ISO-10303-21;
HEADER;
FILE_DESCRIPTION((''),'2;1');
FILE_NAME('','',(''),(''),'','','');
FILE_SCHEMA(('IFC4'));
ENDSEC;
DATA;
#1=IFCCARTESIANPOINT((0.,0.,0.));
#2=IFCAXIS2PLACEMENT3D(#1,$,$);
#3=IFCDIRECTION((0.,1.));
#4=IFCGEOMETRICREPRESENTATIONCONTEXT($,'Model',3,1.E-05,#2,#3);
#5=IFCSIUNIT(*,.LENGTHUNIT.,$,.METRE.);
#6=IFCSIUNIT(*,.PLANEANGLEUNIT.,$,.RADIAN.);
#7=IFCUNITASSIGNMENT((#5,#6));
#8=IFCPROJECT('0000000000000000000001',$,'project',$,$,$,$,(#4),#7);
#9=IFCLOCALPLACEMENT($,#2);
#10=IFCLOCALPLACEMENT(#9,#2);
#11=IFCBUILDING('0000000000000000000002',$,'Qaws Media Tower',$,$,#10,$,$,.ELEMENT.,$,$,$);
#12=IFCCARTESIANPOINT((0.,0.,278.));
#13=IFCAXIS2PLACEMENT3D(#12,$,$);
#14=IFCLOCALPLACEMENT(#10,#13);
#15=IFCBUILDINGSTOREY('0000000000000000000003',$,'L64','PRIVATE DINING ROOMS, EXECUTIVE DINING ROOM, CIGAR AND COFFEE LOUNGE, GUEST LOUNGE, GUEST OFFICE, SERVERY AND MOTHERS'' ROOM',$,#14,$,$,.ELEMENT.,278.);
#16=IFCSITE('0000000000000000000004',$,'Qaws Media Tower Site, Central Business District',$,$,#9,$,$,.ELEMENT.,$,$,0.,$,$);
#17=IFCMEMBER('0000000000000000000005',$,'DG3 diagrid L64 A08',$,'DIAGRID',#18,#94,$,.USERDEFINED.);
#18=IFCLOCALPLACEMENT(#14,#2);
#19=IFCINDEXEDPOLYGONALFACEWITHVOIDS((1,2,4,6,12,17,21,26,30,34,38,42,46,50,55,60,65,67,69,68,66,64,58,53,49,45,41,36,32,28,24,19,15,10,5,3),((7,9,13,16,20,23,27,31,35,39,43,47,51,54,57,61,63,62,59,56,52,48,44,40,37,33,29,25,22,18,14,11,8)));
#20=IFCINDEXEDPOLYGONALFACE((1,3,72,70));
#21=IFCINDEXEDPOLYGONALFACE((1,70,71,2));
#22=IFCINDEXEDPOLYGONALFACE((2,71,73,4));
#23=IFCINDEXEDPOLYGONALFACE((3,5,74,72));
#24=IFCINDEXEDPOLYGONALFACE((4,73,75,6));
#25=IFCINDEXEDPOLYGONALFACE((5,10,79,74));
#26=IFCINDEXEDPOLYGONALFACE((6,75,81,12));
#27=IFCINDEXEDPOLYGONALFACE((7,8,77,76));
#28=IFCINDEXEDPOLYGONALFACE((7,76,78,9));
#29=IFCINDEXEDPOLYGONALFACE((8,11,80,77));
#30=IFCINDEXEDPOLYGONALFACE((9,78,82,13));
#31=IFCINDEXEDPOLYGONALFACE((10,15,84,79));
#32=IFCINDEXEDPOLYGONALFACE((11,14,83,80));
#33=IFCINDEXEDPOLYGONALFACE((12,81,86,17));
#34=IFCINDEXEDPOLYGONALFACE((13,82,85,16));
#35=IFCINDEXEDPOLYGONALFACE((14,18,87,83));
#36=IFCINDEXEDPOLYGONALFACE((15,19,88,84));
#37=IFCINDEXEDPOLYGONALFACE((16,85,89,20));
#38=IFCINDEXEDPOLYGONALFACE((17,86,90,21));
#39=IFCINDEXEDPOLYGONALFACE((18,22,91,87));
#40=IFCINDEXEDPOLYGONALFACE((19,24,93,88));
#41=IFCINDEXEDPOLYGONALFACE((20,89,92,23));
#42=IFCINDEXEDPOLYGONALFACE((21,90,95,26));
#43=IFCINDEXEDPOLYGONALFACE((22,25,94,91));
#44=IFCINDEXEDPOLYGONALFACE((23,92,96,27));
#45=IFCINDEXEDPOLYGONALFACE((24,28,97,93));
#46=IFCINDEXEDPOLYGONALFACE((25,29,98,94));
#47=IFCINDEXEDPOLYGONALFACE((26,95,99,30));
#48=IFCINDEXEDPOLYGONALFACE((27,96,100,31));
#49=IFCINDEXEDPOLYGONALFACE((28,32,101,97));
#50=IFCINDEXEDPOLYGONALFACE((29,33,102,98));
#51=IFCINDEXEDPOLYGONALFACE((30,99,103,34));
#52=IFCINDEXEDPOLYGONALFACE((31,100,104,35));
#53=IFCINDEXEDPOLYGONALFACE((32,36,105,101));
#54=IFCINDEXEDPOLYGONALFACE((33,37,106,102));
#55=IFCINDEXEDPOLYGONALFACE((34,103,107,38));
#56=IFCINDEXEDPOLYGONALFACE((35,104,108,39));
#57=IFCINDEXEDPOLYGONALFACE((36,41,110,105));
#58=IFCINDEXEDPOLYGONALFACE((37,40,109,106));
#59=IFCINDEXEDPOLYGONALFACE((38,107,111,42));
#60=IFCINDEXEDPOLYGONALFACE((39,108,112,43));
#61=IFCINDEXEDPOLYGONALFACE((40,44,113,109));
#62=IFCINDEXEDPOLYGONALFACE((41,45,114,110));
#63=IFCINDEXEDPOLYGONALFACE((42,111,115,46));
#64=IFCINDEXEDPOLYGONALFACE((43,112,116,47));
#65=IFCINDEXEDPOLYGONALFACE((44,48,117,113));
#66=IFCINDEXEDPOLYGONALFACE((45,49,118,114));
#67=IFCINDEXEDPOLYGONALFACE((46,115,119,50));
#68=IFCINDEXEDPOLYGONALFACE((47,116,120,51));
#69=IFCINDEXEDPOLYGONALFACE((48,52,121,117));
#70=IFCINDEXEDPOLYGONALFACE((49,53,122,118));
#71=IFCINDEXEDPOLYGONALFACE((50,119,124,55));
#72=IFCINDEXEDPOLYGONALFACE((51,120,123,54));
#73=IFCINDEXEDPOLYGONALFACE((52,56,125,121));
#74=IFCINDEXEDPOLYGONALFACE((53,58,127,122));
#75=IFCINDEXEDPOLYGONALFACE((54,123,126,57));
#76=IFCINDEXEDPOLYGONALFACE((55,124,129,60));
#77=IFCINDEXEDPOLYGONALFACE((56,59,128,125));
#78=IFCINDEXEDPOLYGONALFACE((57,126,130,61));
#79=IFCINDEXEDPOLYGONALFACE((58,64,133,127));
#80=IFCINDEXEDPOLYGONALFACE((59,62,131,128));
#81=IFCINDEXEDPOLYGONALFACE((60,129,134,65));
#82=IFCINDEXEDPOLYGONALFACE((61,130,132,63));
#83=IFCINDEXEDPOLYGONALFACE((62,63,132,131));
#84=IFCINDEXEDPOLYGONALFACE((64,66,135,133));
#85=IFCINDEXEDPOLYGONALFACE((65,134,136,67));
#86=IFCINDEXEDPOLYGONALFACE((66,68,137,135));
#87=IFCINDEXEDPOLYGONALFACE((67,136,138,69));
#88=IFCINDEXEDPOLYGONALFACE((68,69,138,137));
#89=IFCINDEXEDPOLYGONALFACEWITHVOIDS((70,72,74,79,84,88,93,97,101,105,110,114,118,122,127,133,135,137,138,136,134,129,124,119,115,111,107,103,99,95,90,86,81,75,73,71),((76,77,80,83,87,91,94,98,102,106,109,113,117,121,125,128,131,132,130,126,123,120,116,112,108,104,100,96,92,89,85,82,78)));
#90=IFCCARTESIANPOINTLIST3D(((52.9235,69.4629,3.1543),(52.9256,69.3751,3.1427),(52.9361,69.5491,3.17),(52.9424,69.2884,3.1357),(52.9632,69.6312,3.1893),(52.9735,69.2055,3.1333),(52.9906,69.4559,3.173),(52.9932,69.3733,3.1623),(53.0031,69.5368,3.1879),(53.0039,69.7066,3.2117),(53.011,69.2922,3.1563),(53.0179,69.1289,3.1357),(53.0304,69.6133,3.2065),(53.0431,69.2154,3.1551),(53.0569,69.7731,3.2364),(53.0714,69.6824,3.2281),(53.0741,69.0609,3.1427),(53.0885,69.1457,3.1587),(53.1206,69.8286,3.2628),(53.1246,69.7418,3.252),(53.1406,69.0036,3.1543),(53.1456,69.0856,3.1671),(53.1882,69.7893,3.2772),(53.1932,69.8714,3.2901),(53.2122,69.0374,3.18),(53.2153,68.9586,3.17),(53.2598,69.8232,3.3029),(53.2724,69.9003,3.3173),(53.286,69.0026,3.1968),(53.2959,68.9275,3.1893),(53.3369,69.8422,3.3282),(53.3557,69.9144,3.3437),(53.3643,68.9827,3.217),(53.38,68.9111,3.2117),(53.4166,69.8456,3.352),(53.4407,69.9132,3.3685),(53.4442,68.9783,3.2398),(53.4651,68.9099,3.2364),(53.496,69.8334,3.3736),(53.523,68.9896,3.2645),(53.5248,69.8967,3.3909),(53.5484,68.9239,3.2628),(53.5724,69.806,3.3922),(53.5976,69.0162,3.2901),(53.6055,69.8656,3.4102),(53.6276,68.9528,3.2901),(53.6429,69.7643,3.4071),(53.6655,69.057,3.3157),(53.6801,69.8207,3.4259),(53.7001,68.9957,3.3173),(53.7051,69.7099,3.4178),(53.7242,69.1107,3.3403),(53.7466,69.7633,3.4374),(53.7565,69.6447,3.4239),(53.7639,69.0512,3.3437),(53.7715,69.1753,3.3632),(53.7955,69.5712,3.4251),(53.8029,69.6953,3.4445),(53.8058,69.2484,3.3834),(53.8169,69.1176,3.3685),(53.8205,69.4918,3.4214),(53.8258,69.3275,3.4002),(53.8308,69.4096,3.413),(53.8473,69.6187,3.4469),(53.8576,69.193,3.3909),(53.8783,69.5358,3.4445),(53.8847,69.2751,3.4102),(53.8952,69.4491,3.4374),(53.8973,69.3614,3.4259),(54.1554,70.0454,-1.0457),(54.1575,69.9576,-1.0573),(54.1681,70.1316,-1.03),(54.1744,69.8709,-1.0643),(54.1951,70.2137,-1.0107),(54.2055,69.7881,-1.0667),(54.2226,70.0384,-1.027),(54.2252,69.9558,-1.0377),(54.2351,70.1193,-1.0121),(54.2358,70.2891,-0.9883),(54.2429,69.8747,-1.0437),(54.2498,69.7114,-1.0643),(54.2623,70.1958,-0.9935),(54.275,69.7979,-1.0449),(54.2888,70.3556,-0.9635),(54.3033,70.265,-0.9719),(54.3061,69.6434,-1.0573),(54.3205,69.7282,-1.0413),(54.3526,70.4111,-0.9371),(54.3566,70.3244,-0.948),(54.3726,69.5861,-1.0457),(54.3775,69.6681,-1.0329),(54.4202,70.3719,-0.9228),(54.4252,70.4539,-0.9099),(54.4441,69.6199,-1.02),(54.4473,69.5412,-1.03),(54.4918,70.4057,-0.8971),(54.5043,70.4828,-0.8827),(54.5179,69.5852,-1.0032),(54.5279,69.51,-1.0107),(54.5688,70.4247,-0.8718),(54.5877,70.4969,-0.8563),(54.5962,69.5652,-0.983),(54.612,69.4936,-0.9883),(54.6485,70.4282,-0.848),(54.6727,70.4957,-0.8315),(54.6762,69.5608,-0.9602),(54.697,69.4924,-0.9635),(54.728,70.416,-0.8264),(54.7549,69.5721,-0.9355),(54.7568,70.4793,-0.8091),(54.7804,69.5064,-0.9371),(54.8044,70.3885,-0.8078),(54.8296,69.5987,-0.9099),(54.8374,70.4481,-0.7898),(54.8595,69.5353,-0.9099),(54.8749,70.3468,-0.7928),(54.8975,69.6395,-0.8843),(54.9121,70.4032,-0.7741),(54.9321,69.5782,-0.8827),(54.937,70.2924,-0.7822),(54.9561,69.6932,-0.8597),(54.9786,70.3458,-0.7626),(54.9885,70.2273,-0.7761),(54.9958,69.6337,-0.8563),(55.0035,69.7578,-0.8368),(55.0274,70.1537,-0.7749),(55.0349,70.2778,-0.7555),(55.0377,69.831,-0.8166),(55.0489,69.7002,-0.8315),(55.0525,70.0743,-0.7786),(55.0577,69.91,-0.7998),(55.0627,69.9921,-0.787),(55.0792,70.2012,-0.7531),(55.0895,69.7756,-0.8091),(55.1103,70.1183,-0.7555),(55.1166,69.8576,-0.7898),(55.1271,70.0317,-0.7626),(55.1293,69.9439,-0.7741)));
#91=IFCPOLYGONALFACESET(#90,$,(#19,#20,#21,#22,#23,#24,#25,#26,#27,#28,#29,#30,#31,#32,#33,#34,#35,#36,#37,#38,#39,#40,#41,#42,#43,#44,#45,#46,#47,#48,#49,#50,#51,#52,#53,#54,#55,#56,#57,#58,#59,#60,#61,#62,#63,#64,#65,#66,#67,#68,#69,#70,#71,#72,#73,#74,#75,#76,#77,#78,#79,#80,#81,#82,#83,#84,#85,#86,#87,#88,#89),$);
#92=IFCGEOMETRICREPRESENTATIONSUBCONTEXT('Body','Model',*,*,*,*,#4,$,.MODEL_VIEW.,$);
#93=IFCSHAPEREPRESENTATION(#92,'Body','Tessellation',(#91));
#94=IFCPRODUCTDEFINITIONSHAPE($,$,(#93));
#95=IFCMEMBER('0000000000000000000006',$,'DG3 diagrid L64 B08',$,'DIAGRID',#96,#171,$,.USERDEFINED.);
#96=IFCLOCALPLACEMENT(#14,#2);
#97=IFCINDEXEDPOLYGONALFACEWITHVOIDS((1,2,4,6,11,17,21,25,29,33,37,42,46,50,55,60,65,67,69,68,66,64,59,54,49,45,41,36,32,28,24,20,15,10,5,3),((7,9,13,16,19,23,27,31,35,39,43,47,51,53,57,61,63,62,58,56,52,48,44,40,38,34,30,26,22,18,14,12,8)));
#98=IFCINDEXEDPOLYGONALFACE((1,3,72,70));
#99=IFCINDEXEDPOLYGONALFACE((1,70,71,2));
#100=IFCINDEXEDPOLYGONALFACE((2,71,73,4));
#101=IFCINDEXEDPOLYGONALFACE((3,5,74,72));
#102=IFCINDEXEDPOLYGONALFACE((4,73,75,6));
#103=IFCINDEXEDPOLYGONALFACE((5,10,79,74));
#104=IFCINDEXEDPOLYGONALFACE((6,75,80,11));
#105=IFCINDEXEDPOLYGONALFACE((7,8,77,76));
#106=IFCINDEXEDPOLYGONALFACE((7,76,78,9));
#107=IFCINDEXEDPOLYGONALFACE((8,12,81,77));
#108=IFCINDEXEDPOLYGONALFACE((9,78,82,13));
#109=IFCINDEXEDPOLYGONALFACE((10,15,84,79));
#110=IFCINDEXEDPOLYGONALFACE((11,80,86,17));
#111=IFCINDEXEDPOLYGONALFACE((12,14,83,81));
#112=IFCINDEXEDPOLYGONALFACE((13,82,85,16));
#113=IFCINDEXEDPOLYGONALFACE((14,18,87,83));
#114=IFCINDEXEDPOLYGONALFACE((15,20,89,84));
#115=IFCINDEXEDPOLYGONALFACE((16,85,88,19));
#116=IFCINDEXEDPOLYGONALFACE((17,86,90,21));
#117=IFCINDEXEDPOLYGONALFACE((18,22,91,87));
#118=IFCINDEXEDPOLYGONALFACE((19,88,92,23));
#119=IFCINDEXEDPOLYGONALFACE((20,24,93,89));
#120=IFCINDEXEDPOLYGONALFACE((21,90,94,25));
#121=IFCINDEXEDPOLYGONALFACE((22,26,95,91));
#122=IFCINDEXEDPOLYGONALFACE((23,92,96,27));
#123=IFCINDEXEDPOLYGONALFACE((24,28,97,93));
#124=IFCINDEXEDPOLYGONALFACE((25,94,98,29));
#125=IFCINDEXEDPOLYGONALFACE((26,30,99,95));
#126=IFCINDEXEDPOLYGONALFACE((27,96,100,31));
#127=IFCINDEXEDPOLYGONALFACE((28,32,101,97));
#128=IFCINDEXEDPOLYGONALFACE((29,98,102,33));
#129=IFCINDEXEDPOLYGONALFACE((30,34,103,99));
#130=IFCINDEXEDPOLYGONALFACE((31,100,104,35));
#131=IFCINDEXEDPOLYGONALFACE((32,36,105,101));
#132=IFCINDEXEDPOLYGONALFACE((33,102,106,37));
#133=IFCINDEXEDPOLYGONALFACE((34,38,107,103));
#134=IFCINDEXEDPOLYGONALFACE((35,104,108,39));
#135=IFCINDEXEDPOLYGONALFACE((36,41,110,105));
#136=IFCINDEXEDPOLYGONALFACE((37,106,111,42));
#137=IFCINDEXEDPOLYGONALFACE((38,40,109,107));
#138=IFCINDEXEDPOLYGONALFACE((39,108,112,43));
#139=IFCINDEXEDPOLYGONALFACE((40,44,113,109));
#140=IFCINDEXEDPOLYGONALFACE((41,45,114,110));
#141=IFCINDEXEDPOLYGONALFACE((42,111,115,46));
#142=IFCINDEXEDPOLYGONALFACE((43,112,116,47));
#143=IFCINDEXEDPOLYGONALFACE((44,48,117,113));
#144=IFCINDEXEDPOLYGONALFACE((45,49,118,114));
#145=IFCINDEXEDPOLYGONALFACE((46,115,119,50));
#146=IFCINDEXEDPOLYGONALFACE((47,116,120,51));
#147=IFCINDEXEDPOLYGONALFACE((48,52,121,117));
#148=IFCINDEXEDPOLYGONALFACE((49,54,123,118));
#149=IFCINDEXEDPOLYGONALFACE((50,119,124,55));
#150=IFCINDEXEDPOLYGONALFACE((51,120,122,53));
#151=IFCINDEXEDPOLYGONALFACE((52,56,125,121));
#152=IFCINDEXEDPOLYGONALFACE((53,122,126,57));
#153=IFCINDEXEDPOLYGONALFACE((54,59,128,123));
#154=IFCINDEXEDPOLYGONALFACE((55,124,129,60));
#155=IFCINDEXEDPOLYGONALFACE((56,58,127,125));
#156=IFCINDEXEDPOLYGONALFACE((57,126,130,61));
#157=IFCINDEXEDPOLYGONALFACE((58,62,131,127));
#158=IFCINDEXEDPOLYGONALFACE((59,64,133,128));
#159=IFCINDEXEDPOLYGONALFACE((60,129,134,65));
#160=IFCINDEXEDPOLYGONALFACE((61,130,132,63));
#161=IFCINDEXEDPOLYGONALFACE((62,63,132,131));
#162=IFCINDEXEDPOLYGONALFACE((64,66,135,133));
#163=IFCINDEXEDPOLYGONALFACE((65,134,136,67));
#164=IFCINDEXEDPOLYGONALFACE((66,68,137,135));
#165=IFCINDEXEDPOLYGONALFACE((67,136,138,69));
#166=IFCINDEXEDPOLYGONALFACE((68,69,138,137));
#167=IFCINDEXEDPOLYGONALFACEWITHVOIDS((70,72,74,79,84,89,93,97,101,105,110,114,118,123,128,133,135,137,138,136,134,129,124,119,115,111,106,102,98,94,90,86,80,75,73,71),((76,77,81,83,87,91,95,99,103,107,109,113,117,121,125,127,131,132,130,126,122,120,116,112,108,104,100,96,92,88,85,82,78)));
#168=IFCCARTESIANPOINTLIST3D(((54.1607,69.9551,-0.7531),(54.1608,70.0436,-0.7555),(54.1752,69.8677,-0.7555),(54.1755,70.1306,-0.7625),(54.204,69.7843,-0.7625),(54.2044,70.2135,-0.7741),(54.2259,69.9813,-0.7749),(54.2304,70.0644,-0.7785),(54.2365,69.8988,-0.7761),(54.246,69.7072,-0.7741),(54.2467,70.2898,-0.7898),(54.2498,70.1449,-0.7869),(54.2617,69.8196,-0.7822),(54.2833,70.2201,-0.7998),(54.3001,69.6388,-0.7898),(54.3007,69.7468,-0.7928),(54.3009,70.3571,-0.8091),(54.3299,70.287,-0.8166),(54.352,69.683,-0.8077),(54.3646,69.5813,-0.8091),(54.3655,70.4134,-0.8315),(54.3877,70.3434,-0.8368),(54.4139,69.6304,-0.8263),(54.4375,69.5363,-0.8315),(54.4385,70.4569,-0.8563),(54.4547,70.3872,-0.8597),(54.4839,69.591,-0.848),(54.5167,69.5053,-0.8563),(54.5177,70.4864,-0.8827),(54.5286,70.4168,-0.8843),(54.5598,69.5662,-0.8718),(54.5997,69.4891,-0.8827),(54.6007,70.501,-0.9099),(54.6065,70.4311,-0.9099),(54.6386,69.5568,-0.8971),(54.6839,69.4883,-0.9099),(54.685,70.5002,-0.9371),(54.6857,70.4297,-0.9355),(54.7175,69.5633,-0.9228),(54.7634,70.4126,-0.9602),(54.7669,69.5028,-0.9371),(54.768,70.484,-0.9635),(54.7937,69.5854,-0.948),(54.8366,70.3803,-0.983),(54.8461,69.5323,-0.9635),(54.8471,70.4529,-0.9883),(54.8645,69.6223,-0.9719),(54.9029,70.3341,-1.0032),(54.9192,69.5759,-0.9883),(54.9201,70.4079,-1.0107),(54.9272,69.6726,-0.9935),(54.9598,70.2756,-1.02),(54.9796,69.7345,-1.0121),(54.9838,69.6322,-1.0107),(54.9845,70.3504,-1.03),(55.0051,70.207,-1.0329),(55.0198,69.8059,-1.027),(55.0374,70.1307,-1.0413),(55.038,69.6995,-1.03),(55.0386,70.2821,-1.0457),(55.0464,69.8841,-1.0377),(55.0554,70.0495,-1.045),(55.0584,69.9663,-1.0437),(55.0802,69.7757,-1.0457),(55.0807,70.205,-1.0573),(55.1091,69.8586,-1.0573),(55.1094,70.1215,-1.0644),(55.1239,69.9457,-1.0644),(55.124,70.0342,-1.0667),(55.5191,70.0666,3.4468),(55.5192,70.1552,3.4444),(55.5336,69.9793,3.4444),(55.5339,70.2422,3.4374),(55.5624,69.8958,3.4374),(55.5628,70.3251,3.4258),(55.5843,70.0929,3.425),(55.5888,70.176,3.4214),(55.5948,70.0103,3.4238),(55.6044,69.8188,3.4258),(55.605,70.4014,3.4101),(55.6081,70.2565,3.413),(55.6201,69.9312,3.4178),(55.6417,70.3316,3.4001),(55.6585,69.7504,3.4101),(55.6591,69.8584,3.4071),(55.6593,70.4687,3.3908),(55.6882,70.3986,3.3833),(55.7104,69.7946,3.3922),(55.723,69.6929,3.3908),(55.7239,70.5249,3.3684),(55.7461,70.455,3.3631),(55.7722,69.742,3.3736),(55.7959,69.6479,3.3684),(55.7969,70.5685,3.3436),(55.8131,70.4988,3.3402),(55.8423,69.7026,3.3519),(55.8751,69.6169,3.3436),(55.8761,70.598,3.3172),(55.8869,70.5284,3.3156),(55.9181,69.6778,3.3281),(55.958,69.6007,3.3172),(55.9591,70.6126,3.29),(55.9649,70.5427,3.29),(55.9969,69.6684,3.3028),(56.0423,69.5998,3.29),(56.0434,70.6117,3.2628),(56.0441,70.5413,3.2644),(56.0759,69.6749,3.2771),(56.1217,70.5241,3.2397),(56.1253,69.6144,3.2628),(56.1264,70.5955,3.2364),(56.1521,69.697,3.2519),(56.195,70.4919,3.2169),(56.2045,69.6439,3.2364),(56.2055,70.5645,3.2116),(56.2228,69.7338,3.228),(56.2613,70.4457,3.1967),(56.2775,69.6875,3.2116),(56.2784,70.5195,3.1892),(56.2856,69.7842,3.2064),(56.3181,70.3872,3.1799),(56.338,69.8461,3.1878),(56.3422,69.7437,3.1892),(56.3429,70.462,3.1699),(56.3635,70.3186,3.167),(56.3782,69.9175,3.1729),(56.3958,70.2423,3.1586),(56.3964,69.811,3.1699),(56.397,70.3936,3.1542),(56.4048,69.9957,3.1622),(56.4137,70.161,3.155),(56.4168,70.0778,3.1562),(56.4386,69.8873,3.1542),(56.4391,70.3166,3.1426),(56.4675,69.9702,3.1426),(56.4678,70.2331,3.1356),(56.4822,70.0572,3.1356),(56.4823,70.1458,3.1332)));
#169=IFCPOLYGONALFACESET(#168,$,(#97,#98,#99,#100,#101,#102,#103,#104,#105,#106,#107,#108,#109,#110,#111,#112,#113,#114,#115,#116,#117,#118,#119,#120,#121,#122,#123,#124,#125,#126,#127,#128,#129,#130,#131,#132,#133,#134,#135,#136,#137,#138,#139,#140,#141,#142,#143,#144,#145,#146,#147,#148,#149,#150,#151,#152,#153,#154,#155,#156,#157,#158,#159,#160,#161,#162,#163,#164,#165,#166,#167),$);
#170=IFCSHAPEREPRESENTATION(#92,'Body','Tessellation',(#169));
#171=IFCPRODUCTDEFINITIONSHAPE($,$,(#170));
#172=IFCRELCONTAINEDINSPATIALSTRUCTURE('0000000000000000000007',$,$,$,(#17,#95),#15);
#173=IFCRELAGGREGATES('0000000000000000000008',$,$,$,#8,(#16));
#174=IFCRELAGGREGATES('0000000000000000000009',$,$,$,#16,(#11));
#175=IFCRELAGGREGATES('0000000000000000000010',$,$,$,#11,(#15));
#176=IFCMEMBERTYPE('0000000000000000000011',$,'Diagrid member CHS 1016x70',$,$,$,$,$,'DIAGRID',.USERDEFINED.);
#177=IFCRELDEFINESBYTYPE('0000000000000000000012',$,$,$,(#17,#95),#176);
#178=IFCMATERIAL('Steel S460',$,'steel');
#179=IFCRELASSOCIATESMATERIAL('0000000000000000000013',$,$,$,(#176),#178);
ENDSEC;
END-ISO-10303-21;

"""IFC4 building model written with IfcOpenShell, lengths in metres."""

from ifc_helpers import new_model, si_unit, direction, frame, origin, origin_2d, place, context, subcontext, project, spatial, hollow_circle, extrude, material, material_profile, profile_set, type_object, element, save


model = new_model("IFC4")

# Units and contexts
model_context = context("Model", 3, precision=1e-05, world=origin(), true_north=direction((0.0, 1.0)))
body_context = subcontext(model_context, "Body", "Model", "MODEL_VIEW")
ifc_project = project(units=[si_unit("LENGTHUNIT", "METRE"), si_unit("PLANEANGLEUNIT", "RADIAN")], contexts=[model_context])

# Site, building, storey
site_placement = place(None, origin())
site = spatial("IfcSite", under=ifc_project, at=site_placement, Name="Qaws Media Tower Site, Central Business District", CompositionType="ELEMENT", RefElevation=0.0)
building_placement = place(site_placement, origin())
building = spatial("IfcBuilding", under=site, at=building_placement, Name="Qaws Media Tower", CompositionType="ELEMENT")
storey_placement = place(building_placement, frame((0.0, 0.0, 278.0)))
storey = spatial("IfcBuildingStorey", under=building, at=storey_placement, Name="L64", Description="PRIVATE DINING ROOMS, EXECUTIVE DINING ROOM, CIGAR AND COFFEE LOUNGE, GUEST LOUNGE, GUEST OFFICE, SERVERY AND MOTHERS' ROOM", CompositionType="ELEMENT", Elevation=278.0)

# Members
ifc_material_1 = material(Name="Steel S460", Category="steel")
ifc_material_profile_1 = material_profile(ifc_material_1, hollow_circle(Radius=0.5081, WallThickness=0.0701, at=origin_2d()), Name="CHS 1016x70")
ifc_profile_set_1 = profile_set([ifc_material_profile_1], Name="Steel S460")
member_type_1 = type_object("IfcMemberType", Name="Diagrid member CHS 1016x70", ElementType="DIAGRID", PredefinedType="USERDEFINED", material=ifc_profile_set_1)
for number, where, z_axis, x_axis, name in (
    (1, (54.6423, 69.9946, -0.9099), (-0.279002, -0.131926, 0.951185), (0.42747, -0.904029, 0.0), "DG3 diagrid L64 A08"),
    (2, (54.6423, 69.9946, -0.9099), (0.307638, 0.025268, 0.951168), (-0.081859, 0.996644, 0.0), "DG3 diagrid L64 B08"),
):
    element("IfcMember", number, at=place(storey_placement, frame(where, z_axis=z_axis, x_axis=x_axis)), inside=storey, type_object=member_type_1, Name=name, ObjectType="DIAGRID", PredefinedType="USERDEFINED", context=body_context, shape_type="SweptSolid", body=[
        extrude(hollow_circle(Radius=0.5081, WallThickness=0.0701, at=origin_2d()), origin(), (0.0, 0.0, 1.0), 4.4155),
    ])

save(model, "model.ifc")
